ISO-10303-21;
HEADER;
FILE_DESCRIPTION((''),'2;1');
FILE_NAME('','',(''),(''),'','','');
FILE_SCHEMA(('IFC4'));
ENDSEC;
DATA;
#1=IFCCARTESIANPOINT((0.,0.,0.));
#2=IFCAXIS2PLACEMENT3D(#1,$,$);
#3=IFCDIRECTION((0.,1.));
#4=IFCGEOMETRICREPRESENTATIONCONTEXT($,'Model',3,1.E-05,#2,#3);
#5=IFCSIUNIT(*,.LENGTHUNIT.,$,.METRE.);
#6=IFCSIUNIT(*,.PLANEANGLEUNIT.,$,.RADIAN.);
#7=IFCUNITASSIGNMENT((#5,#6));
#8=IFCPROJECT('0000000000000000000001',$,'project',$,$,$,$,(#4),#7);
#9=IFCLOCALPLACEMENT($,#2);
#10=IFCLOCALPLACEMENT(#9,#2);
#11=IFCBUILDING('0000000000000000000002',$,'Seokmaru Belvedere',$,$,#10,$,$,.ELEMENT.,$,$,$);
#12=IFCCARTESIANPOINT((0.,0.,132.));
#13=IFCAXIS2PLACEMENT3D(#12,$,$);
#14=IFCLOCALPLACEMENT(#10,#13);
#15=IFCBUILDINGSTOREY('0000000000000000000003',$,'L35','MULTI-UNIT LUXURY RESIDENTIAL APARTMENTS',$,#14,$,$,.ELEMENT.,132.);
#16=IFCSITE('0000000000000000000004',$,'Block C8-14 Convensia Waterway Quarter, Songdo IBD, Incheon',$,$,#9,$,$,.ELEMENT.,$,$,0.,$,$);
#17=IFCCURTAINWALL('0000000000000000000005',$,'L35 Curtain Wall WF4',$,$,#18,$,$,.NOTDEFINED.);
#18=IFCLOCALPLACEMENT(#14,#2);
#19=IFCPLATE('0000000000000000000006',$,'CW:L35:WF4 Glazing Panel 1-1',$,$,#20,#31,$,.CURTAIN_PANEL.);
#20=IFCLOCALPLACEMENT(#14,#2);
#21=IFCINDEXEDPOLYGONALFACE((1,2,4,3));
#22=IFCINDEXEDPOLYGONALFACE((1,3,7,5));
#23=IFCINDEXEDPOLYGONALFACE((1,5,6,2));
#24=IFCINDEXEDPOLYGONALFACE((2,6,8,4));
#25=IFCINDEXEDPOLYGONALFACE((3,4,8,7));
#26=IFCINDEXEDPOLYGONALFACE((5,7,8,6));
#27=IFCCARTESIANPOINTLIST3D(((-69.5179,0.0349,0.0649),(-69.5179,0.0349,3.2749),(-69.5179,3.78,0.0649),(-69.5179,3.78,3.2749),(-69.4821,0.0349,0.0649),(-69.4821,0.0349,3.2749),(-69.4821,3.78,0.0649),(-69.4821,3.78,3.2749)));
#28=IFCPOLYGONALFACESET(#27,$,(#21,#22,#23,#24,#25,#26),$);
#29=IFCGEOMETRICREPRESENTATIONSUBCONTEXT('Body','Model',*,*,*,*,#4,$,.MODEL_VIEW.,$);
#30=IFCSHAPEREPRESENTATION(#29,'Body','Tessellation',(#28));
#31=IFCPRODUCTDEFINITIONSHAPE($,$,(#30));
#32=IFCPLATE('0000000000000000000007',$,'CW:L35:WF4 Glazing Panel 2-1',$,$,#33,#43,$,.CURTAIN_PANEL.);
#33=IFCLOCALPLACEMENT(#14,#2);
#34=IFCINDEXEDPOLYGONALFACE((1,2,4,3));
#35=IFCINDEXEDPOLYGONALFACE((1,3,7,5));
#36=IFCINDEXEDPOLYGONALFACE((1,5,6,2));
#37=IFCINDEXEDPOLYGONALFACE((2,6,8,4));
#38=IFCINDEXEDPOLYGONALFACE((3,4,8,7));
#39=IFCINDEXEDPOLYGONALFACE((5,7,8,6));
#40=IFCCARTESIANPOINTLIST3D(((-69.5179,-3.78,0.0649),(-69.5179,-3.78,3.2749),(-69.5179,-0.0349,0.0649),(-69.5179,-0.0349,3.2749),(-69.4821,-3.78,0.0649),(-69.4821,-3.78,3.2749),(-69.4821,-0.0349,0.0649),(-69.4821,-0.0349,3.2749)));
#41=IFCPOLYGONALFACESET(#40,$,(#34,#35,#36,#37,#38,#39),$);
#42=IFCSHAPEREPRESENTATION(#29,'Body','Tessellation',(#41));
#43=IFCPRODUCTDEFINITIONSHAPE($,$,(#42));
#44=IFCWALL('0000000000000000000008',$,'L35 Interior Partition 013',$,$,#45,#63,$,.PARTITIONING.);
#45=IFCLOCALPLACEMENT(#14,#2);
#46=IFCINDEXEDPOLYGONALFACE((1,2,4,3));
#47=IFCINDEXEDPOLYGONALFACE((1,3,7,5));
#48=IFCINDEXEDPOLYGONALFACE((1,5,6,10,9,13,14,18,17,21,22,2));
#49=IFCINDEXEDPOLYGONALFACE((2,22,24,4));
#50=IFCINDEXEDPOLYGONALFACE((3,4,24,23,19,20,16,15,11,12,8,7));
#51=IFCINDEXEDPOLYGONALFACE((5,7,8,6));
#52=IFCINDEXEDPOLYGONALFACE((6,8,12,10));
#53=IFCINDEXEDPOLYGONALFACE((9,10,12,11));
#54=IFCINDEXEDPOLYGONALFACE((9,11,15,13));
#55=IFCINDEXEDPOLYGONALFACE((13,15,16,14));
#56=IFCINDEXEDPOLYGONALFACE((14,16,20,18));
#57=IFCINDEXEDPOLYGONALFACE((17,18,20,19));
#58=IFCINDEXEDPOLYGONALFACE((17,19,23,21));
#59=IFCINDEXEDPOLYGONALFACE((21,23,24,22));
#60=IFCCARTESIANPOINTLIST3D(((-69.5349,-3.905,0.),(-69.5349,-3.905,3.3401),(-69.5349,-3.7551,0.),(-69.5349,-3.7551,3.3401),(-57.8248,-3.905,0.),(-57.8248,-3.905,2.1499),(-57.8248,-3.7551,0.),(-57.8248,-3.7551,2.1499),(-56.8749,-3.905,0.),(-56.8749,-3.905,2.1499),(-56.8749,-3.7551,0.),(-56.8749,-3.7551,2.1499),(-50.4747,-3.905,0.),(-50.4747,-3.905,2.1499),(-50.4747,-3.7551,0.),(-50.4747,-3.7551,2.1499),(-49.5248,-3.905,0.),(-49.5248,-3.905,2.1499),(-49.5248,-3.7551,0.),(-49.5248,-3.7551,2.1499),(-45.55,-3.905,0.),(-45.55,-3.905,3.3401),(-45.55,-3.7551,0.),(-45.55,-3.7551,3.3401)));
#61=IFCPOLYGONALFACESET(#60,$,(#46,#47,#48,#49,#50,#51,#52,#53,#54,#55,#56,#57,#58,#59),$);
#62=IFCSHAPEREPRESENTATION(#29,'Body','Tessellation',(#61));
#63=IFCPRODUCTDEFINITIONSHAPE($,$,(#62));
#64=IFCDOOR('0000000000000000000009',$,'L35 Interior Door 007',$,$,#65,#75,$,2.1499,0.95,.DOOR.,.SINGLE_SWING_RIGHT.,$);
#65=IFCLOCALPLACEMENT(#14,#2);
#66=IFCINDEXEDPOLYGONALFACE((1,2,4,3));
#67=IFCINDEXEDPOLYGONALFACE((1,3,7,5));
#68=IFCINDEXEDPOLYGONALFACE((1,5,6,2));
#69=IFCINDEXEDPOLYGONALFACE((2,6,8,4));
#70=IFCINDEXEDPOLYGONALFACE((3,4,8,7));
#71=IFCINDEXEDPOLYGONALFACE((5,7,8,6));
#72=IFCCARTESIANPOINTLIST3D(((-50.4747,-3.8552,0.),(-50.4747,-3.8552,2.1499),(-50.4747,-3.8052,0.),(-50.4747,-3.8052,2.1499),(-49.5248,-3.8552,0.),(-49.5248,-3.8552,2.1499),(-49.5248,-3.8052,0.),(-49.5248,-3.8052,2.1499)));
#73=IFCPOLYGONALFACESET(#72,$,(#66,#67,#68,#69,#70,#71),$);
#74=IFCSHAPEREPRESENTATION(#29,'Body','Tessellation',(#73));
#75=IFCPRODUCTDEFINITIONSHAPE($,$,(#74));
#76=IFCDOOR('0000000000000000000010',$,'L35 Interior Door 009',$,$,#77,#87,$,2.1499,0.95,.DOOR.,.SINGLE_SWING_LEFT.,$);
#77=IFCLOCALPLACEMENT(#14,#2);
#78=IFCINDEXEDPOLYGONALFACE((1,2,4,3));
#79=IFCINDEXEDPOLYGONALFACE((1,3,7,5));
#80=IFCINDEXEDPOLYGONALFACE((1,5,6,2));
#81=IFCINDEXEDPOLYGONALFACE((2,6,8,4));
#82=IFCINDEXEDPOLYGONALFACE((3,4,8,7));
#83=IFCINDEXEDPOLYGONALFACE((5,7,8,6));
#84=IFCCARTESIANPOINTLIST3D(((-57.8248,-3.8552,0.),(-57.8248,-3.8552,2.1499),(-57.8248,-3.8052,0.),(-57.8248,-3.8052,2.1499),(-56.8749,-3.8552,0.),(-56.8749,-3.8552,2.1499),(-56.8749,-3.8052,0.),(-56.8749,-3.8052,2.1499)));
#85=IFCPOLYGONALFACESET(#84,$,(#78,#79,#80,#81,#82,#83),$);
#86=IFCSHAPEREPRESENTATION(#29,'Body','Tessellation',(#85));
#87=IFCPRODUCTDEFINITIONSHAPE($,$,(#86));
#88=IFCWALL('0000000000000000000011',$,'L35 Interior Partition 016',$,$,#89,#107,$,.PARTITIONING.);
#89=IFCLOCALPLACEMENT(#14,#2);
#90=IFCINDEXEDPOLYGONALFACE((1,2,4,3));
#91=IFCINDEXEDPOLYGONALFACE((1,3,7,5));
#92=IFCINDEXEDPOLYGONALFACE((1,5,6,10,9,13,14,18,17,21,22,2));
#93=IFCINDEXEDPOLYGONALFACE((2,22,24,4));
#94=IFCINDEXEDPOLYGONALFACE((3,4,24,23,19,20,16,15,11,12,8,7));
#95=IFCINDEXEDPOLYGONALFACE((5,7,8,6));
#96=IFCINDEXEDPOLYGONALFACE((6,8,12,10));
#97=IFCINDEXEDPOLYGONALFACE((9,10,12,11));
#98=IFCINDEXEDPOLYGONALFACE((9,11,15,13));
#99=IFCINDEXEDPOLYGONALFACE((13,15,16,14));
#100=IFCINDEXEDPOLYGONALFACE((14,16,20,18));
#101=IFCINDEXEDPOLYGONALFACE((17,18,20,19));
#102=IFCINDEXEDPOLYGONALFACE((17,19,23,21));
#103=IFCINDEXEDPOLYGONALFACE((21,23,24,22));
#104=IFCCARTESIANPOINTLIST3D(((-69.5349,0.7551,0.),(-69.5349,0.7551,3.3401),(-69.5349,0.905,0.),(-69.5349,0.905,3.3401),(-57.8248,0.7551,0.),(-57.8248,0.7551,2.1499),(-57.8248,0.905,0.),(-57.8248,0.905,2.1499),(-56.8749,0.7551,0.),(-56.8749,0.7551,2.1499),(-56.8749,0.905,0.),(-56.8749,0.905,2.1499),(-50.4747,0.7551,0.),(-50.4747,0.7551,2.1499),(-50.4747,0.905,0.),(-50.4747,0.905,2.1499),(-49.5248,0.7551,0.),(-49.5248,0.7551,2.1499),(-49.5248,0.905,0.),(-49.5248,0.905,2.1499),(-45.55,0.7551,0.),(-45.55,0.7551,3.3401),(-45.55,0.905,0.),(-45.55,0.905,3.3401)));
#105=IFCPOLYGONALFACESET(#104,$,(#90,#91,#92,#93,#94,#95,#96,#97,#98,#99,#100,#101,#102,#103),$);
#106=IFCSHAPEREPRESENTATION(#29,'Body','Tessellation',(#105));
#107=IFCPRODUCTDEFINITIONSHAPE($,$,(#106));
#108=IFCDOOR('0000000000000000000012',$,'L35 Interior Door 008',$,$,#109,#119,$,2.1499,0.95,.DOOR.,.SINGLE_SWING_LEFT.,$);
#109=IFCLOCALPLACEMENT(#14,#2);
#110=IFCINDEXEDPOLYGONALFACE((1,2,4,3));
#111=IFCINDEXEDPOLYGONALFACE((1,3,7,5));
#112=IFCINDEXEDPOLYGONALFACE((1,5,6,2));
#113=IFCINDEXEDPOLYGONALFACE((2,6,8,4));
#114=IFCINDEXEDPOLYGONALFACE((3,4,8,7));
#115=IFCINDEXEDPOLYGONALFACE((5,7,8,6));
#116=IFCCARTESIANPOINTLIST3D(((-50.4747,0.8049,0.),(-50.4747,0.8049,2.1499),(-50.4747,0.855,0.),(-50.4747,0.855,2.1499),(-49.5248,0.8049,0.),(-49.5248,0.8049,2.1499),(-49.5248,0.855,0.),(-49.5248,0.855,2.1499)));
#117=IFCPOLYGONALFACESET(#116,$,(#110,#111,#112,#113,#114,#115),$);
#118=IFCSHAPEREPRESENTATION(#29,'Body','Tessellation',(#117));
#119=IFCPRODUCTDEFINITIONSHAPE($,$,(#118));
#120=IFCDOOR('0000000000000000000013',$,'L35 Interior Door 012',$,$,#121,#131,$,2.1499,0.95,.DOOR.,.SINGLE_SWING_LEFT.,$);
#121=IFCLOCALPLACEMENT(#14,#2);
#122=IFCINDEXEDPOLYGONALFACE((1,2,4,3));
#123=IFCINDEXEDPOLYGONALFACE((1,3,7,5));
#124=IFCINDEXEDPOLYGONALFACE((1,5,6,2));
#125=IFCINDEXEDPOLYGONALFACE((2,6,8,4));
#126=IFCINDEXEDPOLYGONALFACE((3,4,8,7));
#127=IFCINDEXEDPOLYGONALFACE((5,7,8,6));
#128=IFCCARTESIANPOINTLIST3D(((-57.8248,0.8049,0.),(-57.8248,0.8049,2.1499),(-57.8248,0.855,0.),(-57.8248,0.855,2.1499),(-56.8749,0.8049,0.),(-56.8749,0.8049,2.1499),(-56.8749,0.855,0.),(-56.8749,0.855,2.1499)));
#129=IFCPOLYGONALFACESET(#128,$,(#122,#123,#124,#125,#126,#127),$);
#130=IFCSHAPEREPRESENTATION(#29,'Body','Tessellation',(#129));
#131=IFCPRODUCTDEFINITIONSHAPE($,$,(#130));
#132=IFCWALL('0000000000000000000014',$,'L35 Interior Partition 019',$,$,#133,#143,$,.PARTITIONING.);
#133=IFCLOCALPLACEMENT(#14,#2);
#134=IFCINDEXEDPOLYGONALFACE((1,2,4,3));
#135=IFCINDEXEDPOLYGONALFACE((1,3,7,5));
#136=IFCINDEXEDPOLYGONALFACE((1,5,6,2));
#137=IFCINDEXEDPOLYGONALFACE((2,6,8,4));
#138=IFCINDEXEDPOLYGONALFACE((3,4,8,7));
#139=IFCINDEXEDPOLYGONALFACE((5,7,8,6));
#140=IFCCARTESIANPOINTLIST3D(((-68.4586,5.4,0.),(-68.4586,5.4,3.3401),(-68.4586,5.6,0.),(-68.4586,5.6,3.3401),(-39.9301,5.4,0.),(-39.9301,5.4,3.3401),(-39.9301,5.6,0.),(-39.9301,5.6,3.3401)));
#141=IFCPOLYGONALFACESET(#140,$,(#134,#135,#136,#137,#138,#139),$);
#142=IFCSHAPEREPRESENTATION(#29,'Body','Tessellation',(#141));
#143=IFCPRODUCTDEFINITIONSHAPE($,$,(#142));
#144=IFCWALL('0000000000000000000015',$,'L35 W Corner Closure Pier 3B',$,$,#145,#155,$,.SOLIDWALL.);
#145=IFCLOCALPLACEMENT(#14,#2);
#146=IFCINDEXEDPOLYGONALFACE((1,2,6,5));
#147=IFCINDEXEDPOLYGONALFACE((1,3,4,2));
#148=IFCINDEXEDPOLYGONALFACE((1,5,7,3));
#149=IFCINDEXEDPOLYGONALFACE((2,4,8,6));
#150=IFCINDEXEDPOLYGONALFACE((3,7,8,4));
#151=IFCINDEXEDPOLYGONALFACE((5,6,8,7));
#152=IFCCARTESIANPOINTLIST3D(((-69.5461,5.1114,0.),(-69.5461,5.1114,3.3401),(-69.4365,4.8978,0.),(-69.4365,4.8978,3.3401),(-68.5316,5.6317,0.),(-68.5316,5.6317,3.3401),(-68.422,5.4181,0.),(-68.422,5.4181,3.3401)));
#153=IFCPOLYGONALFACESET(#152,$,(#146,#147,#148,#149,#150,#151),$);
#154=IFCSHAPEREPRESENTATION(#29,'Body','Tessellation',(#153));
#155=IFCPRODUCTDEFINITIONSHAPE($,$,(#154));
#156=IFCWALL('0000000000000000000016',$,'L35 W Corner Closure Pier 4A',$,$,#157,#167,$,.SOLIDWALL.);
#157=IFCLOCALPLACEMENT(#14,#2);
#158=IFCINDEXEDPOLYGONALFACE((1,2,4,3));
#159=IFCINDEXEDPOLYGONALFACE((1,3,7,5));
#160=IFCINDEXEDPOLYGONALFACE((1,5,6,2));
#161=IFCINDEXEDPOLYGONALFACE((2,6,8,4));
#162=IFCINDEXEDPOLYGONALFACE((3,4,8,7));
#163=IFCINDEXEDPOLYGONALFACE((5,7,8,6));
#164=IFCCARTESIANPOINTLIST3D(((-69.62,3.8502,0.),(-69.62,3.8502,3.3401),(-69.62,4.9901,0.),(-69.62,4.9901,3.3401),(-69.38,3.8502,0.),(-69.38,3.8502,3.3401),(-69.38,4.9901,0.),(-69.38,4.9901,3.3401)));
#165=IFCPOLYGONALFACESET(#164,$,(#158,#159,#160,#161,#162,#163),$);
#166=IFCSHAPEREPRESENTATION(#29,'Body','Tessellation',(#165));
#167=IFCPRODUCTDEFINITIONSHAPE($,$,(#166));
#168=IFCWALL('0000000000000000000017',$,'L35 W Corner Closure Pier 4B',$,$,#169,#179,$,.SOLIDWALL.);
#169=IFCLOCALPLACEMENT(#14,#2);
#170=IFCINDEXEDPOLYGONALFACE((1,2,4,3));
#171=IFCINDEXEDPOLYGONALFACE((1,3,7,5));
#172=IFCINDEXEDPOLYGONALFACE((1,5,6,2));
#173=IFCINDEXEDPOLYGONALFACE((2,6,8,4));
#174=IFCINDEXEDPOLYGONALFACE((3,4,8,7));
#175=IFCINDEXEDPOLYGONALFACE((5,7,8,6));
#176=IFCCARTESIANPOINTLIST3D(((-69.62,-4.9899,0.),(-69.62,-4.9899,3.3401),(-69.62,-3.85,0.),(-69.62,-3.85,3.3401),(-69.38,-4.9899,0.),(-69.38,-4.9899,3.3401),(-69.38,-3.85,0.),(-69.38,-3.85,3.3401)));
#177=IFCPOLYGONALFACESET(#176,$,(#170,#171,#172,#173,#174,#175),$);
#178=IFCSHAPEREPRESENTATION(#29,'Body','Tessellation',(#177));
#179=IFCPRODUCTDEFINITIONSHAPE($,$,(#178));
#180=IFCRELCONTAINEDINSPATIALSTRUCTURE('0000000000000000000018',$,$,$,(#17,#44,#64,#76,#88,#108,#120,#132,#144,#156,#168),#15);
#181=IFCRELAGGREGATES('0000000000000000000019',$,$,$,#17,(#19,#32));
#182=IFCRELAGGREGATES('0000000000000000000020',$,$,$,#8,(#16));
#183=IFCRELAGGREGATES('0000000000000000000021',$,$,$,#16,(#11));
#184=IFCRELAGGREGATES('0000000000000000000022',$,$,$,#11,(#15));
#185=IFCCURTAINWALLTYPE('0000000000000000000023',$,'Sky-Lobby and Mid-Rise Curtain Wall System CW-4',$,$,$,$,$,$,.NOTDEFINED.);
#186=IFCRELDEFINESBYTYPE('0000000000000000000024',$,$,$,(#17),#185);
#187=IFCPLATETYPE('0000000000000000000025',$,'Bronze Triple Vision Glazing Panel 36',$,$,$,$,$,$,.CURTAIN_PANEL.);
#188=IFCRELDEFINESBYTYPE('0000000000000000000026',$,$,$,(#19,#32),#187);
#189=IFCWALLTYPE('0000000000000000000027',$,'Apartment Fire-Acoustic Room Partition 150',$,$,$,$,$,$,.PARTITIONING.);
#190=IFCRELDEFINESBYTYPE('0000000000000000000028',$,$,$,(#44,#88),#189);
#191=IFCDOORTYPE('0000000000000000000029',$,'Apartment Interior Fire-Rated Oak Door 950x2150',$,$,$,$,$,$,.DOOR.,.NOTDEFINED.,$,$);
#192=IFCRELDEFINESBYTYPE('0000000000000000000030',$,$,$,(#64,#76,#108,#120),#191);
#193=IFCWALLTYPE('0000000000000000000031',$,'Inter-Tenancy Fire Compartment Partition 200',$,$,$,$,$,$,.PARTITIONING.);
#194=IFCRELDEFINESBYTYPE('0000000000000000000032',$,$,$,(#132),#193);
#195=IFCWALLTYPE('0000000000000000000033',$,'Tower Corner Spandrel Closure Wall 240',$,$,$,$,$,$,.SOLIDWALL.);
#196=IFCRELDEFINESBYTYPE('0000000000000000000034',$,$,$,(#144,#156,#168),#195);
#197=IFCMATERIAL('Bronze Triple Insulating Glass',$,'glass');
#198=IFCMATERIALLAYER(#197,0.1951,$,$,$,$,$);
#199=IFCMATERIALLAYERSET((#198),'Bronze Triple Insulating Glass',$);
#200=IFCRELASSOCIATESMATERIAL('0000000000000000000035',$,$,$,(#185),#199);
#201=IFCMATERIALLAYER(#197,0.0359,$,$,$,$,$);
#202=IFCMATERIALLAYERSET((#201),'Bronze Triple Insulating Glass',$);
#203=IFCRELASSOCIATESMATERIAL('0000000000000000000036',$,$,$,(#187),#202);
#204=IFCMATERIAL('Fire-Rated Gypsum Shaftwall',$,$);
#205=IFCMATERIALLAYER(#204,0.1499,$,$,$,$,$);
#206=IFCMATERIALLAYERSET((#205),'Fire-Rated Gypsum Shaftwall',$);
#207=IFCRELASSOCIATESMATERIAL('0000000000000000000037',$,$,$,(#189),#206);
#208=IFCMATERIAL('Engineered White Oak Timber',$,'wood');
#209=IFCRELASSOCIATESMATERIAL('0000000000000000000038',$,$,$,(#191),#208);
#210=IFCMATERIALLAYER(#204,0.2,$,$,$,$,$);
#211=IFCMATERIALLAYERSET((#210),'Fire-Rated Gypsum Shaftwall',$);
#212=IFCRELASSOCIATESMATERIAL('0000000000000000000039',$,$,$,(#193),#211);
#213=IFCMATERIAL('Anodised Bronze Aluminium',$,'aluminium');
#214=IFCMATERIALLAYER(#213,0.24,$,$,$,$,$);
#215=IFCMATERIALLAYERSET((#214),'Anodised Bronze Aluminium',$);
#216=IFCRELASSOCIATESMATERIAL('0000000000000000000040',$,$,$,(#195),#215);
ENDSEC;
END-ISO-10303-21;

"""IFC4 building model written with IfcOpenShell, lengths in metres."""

from ifc_helpers import new_model, si_unit, direction, frame, frame_2d, origin, origin_2d, place, context, subcontext, project, spatial, rectangle, extrude, source, transform, mapped, material, layer, layer_set, type_object, type_shapes, element, fill, aggregate, save


model = new_model("IFC4")

# Units and contexts
model_context = context("Model", 3, precision=1e-05, world=origin(), true_north=direction((0.0, 1.0)))
body_context = subcontext(model_context, "Body", "Model", "MODEL_VIEW")
ifc_project = project(units=[si_unit("LENGTHUNIT", "METRE"), si_unit("PLANEANGLEUNIT", "RADIAN")], contexts=[model_context])

# Site, building, storey
site_placement = place(None, origin())
site = spatial("IfcSite", under=ifc_project, at=site_placement, Name="Block C8-14 Convensia Waterway Quarter, Songdo IBD, Incheon", CompositionType="ELEMENT", RefElevation=0.0)
building_placement = place(site_placement, origin())
building = spatial("IfcBuilding", under=site, at=building_placement, Name="Seokmaru Belvedere", CompositionType="ELEMENT")
storey_placement = place(building_placement, frame((0.0, 0.0, 132.0)))
storey = spatial("IfcBuildingStorey", under=building, at=storey_placement, Name="L35", Description="MULTI-UNIT LUXURY RESIDENTIAL APARTMENTS", CompositionType="ELEMENT", Elevation=132.0)

# Shared definitions
ifc_material_1 = material(Name="Bronze Triple Insulating Glass", Category="glass")
ifc_layer_1 = layer(ifc_material_1, 0.1951)
ifc_layer_set_1 = layer_set([ifc_layer_1], Name="Bronze Triple Insulating Glass")
curtain_wall_type = type_object("IfcCurtainWallType", Name="Sky-Lobby and Mid-Rise Curtain Wall System CW-4", PredefinedType="NOTDEFINED", material=ifc_layer_set_1)
ifc_material_2 = material(Name="Anodised Bronze Aluminium", Category="aluminium")

# Curtain wall
curtain_wall_1_placement = place(storey_placement, origin())
curtain_wall_1 = element("IfcCurtainWall", 1, at=curtain_wall_1_placement, inside=storey, type_object=curtain_wall_type, Name="L35 Curtain Wall WF4", PredefinedType="NOTDEFINED")

# Plates
ifc_layer_2 = layer(ifc_material_1, 0.0359)
ifc_layer_set_2 = layer_set([ifc_layer_2], Name="Bronze Triple Insulating Glass")
plate_type = type_object("IfcPlateType", Name="Bronze Triple Vision Glazing Panel 36", PredefinedType="CURTAIN_PANEL", material=ifc_layer_set_2)
shared_shape_1 = source(origin(), body_context, "Body", "SweptSolid", [
    extrude(rectangle(XDim=3.7451, YDim=0.0359, at=origin_2d()), origin(), (0.0, 0.0, 1.0), 3.21),
])
plate_1_placement = place(storey_placement, frame((-69.5, 1.9075, 0.0649), z_axis=(0.0, 0.0, 1.0), x_axis=(0.0, -1.0, 0.0)))
plate_1 = element("IfcPlate", 2, at=plate_1_placement, type_object=plate_type, Name="CW:L35:WF4 Glazing Panel 1-1", PredefinedType="CURTAIN_PANEL", context=body_context, shape_type="MappedRepresentation", body=[
    mapped(shared_shape_1, transform((0.0, 0.0, 0.0), scale=1.0)),
])
plate_2_placement = place(storey_placement, frame((-69.5, -1.9075, 0.0649), z_axis=(0.0, 0.0, 1.0), x_axis=(0.0, -1.0, 0.0)))
plate_2 = element("IfcPlate", 3, at=plate_2_placement, type_object=plate_type, Name="CW:L35:WF4 Glazing Panel 2-1", PredefinedType="CURTAIN_PANEL", context=body_context, shape_type="MappedRepresentation", body=[
    mapped(shared_shape_1, transform((0.0, 0.0, 0.0), scale=1.0)),
])
aggregate(curtain_wall_1, [plate_1, plate_2])

# Walls, openings, doors
ifc_material_3 = material(Name="Fire-Rated Gypsum Shaftwall")
ifc_layer_3 = layer(ifc_material_3, 0.1499)
ifc_layer_set_3 = layer_set([ifc_layer_3], Name="Fire-Rated Gypsum Shaftwall")
wall_type_1 = type_object("IfcWallType", Name="Apartment Fire-Acoustic Room Partition 150", PredefinedType="PARTITIONING", material=ifc_layer_set_3)
wall_1_placement = place(storey_placement, frame((-69.5349, -3.8301, 0.0), z_axis=(0.0, 0.0, 1.0), x_axis=(1.0, 0.0, 0.0)))
wall_1 = element("IfcWall", 4, at=wall_1_placement, inside=storey, type_object=wall_type_1, Name="L35 Interior Partition 013", PredefinedType="PARTITIONING", context=body_context, shape_type="SweptSolid", body=[
    extrude(rectangle(XDim=23.9849, YDim=0.1499, at=frame_2d((11.9924, 0.0))), origin(), (0.0, 0.0, 1.0), 3.3401),
])
opening_1_placement = place(wall_1_placement, frame((19.0601, 0.0, 0.0)))
opening_1 = element("IfcOpeningElement", 5, at=opening_1_placement, cuts=wall_1, PredefinedType="OPENING", context=body_context, shape_type="SweptSolid", body=[
    extrude(rectangle(XDim=0.95, YDim=2.1499, at=frame_2d((0.4751, 1.075))), frame((0.0, 0.085, 0.0), z_axis=(0.0, -1.0, 0.0), x_axis=(1.0, 0.0, 0.0)), (0.0, 0.0, 1.0), 0.1699),
])
opening_2_placement = place(wall_1_placement, frame((11.71, 0.0, 0.0)))
opening_2 = element("IfcOpeningElement", 6, at=opening_2_placement, cuts=wall_1, PredefinedType="OPENING", context=body_context, shape_type="SweptSolid", body=[
    extrude(rectangle(XDim=0.95, YDim=2.1499, at=frame_2d((0.4751, 1.075))), frame((0.0, 0.085, 0.0), z_axis=(0.0, -1.0, 0.0), x_axis=(1.0, 0.0, 0.0)), (0.0, 0.0, 1.0), 0.1699),
])
ifc_material_4 = material(Name="Engineered White Oak Timber", Category="wood")
door_type = type_object("IfcDoorType", Name="Apartment Interior Fire-Rated Oak Door 950x2150", OperationType="NOTDEFINED", PredefinedType="DOOR", material=ifc_material_4)
shared_shape_2 = source(origin(), body_context, "Body", "SweptSolid", [
    extrude(rectangle(XDim=0.95, YDim=2.1499, at=frame_2d((0.4751, 1.075))), frame((0.0, 0.0249, 0.0), z_axis=(0.0, -1.0, 0.0), x_axis=(1.0, 0.0, 0.0)), (0.0, 0.0, 1.0), 0.05),
])
type_shapes(door_type, [shared_shape_2])
door_1_placement = place(opening_1_placement, origin())
door_1 = element("IfcDoor", 7, at=door_1_placement, inside=storey, type_object=door_type, Name="L35 Interior Door 007", OperationType="SINGLE_SWING_RIGHT", OverallHeight=2.1499, OverallWidth=0.95, PredefinedType="DOOR", context=body_context, shape_type="MappedRepresentation", body=[
    mapped(shared_shape_2, transform((0.0, 0.0, 0.0), scale=1.0)),
])
fill(opening_1, door_1)
door_2_placement = place(opening_2_placement, origin())
door_2 = element("IfcDoor", 8, at=door_2_placement, inside=storey, type_object=door_type, Name="L35 Interior Door 009", OperationType="SINGLE_SWING_LEFT", OverallHeight=2.1499, OverallWidth=0.95, PredefinedType="DOOR", context=body_context, shape_type="MappedRepresentation", body=[
    mapped(shared_shape_2, transform((0.0, 0.0, 0.0), scale=1.0)),
])
fill(opening_2, door_2)
wall_2_placement = place(storey_placement, frame((-69.5349, 0.8301, 0.0), z_axis=(0.0, 0.0, 1.0), x_axis=(1.0, 0.0, 0.0)))
wall_2 = element("IfcWall", 9, at=wall_2_placement, inside=storey, type_object=wall_type_1, Name="L35 Interior Partition 016", PredefinedType="PARTITIONING", context=body_context, shape_type="SweptSolid", body=[
    extrude(rectangle(XDim=23.9849, YDim=0.1499, at=frame_2d((11.9924, 0.0))), origin(), (0.0, 0.0, 1.0), 3.3401),
])
opening_3_placement = place(wall_2_placement, frame((19.0601, 0.0, 0.0)))
opening_3 = element("IfcOpeningElement", 10, at=opening_3_placement, cuts=wall_2, PredefinedType="OPENING", context=body_context, shape_type="SweptSolid", body=[
    extrude(rectangle(XDim=0.95, YDim=2.1499, at=frame_2d((0.4751, 1.075))), frame((0.0, 0.085, 0.0), z_axis=(0.0, -1.0, 0.0), x_axis=(1.0, 0.0, 0.0)), (0.0, 0.0, 1.0), 0.1699),
])
opening_4_placement = place(wall_2_placement, frame((11.71, 0.0, 0.0)))
opening_4 = element("IfcOpeningElement", 11, at=opening_4_placement, cuts=wall_2, PredefinedType="OPENING", context=body_context, shape_type="SweptSolid", body=[
    extrude(rectangle(XDim=0.95, YDim=2.1499, at=frame_2d((0.4751, 1.075))), frame((0.0, 0.085, 0.0), z_axis=(0.0, -1.0, 0.0), x_axis=(1.0, 0.0, 0.0)), (0.0, 0.0, 1.0), 0.1699),
])
door_3_placement = place(opening_3_placement, origin())
door_3 = element("IfcDoor", 12, at=door_3_placement, inside=storey, type_object=door_type, Name="L35 Interior Door 008", OperationType="SINGLE_SWING_LEFT", OverallHeight=2.1499, OverallWidth=0.95, PredefinedType="DOOR", context=body_context, shape_type="MappedRepresentation", body=[
    mapped(shared_shape_2, transform((0.0, 0.0, 0.0), scale=1.0)),
])
fill(opening_3, door_3)
door_4_placement = place(opening_4_placement, origin())
door_4 = element("IfcDoor", 13, at=door_4_placement, inside=storey, type_object=door_type, Name="L35 Interior Door 012", OperationType="SINGLE_SWING_LEFT", OverallHeight=2.1499, OverallWidth=0.95, PredefinedType="DOOR", context=body_context, shape_type="MappedRepresentation", body=[
    mapped(shared_shape_2, transform((0.0, 0.0, 0.0), scale=1.0)),
])
fill(opening_4, door_4)

# Walls
ifc_layer_4 = layer(ifc_material_3, 0.2)
ifc_layer_set_4 = layer_set([ifc_layer_4], Name="Fire-Rated Gypsum Shaftwall")
wall_type_2 = type_object("IfcWallType", Name="Inter-Tenancy Fire Compartment Partition 200", PredefinedType="PARTITIONING", material=ifc_layer_set_4)
wall_3_placement = place(storey_placement, frame((-68.4585, 5.5, 0.0), z_axis=(0.0, 0.0, 1.0), x_axis=(1.0, 0.0, 0.0)))
element("IfcWall", 14, at=wall_3_placement, inside=storey, type_object=wall_type_2, Name="L35 Interior Partition 019", PredefinedType="PARTITIONING", context=body_context, shape_type="SweptSolid", body=[
    extrude(rectangle(XDim=28.5286, YDim=0.2, at=frame_2d((14.2642, 0.0))), origin(), (0.0, 0.0, 1.0), 3.3401),
])
ifc_layer_5 = layer(ifc_material_2, 0.24)
ifc_layer_set_5 = layer_set([ifc_layer_5], Name="Anodised Bronze Aluminium")
wall_type_3 = type_object("IfcWallType", Name="Tower Corner Spandrel Closure Wall 240", PredefinedType="SOLIDWALL", material=ifc_layer_set_5)
wall_4_placement = place(storey_placement, frame((-68.4768, 5.5249, 0.0), z_axis=(0.0, 0.0, 1.0), x_axis=(-0.889797, -0.456356, 0.0)))
element("IfcWall", 15, at=wall_4_placement, inside=storey, type_object=wall_type_3, Name="L35 W Corner Closure Pier 3B", PredefinedType="SOLIDWALL", context=body_context, shape_type="SweptSolid", body=[
    extrude(rectangle(XDim=1.1401, YDim=0.24, at=frame_2d((0.5701, 0.0))), origin(), (0.0, 0.0, 1.0), 3.3401),
])
for number, where, z_axis, x_axis, name in (
    (16, (-69.5, 4.99, 0.0), (0.0, 0.0, 1.0), (0.0, -1.0, 0.0), "L35 W Corner Closure Pier 4A"),
    (17, (-69.5, -3.8501, 0.0), (0.0, 0.0, 1.0), (0.0, -1.0, 0.0), "L35 W Corner Closure Pier 4B"),
):
    element("IfcWall", number, at=place(storey_placement, frame(where, z_axis=z_axis, x_axis=x_axis)), inside=storey, type_object=wall_type_3, Name=name, PredefinedType="SOLIDWALL", context=body_context, shape_type="SweptSolid", body=[
        extrude(rectangle(XDim=1.1399, YDim=0.24, at=frame_2d((0.5698, 0.0))), origin(), (0.0, 0.0, 1.0), 3.3401),
    ])

save(model, "model.ifc")
